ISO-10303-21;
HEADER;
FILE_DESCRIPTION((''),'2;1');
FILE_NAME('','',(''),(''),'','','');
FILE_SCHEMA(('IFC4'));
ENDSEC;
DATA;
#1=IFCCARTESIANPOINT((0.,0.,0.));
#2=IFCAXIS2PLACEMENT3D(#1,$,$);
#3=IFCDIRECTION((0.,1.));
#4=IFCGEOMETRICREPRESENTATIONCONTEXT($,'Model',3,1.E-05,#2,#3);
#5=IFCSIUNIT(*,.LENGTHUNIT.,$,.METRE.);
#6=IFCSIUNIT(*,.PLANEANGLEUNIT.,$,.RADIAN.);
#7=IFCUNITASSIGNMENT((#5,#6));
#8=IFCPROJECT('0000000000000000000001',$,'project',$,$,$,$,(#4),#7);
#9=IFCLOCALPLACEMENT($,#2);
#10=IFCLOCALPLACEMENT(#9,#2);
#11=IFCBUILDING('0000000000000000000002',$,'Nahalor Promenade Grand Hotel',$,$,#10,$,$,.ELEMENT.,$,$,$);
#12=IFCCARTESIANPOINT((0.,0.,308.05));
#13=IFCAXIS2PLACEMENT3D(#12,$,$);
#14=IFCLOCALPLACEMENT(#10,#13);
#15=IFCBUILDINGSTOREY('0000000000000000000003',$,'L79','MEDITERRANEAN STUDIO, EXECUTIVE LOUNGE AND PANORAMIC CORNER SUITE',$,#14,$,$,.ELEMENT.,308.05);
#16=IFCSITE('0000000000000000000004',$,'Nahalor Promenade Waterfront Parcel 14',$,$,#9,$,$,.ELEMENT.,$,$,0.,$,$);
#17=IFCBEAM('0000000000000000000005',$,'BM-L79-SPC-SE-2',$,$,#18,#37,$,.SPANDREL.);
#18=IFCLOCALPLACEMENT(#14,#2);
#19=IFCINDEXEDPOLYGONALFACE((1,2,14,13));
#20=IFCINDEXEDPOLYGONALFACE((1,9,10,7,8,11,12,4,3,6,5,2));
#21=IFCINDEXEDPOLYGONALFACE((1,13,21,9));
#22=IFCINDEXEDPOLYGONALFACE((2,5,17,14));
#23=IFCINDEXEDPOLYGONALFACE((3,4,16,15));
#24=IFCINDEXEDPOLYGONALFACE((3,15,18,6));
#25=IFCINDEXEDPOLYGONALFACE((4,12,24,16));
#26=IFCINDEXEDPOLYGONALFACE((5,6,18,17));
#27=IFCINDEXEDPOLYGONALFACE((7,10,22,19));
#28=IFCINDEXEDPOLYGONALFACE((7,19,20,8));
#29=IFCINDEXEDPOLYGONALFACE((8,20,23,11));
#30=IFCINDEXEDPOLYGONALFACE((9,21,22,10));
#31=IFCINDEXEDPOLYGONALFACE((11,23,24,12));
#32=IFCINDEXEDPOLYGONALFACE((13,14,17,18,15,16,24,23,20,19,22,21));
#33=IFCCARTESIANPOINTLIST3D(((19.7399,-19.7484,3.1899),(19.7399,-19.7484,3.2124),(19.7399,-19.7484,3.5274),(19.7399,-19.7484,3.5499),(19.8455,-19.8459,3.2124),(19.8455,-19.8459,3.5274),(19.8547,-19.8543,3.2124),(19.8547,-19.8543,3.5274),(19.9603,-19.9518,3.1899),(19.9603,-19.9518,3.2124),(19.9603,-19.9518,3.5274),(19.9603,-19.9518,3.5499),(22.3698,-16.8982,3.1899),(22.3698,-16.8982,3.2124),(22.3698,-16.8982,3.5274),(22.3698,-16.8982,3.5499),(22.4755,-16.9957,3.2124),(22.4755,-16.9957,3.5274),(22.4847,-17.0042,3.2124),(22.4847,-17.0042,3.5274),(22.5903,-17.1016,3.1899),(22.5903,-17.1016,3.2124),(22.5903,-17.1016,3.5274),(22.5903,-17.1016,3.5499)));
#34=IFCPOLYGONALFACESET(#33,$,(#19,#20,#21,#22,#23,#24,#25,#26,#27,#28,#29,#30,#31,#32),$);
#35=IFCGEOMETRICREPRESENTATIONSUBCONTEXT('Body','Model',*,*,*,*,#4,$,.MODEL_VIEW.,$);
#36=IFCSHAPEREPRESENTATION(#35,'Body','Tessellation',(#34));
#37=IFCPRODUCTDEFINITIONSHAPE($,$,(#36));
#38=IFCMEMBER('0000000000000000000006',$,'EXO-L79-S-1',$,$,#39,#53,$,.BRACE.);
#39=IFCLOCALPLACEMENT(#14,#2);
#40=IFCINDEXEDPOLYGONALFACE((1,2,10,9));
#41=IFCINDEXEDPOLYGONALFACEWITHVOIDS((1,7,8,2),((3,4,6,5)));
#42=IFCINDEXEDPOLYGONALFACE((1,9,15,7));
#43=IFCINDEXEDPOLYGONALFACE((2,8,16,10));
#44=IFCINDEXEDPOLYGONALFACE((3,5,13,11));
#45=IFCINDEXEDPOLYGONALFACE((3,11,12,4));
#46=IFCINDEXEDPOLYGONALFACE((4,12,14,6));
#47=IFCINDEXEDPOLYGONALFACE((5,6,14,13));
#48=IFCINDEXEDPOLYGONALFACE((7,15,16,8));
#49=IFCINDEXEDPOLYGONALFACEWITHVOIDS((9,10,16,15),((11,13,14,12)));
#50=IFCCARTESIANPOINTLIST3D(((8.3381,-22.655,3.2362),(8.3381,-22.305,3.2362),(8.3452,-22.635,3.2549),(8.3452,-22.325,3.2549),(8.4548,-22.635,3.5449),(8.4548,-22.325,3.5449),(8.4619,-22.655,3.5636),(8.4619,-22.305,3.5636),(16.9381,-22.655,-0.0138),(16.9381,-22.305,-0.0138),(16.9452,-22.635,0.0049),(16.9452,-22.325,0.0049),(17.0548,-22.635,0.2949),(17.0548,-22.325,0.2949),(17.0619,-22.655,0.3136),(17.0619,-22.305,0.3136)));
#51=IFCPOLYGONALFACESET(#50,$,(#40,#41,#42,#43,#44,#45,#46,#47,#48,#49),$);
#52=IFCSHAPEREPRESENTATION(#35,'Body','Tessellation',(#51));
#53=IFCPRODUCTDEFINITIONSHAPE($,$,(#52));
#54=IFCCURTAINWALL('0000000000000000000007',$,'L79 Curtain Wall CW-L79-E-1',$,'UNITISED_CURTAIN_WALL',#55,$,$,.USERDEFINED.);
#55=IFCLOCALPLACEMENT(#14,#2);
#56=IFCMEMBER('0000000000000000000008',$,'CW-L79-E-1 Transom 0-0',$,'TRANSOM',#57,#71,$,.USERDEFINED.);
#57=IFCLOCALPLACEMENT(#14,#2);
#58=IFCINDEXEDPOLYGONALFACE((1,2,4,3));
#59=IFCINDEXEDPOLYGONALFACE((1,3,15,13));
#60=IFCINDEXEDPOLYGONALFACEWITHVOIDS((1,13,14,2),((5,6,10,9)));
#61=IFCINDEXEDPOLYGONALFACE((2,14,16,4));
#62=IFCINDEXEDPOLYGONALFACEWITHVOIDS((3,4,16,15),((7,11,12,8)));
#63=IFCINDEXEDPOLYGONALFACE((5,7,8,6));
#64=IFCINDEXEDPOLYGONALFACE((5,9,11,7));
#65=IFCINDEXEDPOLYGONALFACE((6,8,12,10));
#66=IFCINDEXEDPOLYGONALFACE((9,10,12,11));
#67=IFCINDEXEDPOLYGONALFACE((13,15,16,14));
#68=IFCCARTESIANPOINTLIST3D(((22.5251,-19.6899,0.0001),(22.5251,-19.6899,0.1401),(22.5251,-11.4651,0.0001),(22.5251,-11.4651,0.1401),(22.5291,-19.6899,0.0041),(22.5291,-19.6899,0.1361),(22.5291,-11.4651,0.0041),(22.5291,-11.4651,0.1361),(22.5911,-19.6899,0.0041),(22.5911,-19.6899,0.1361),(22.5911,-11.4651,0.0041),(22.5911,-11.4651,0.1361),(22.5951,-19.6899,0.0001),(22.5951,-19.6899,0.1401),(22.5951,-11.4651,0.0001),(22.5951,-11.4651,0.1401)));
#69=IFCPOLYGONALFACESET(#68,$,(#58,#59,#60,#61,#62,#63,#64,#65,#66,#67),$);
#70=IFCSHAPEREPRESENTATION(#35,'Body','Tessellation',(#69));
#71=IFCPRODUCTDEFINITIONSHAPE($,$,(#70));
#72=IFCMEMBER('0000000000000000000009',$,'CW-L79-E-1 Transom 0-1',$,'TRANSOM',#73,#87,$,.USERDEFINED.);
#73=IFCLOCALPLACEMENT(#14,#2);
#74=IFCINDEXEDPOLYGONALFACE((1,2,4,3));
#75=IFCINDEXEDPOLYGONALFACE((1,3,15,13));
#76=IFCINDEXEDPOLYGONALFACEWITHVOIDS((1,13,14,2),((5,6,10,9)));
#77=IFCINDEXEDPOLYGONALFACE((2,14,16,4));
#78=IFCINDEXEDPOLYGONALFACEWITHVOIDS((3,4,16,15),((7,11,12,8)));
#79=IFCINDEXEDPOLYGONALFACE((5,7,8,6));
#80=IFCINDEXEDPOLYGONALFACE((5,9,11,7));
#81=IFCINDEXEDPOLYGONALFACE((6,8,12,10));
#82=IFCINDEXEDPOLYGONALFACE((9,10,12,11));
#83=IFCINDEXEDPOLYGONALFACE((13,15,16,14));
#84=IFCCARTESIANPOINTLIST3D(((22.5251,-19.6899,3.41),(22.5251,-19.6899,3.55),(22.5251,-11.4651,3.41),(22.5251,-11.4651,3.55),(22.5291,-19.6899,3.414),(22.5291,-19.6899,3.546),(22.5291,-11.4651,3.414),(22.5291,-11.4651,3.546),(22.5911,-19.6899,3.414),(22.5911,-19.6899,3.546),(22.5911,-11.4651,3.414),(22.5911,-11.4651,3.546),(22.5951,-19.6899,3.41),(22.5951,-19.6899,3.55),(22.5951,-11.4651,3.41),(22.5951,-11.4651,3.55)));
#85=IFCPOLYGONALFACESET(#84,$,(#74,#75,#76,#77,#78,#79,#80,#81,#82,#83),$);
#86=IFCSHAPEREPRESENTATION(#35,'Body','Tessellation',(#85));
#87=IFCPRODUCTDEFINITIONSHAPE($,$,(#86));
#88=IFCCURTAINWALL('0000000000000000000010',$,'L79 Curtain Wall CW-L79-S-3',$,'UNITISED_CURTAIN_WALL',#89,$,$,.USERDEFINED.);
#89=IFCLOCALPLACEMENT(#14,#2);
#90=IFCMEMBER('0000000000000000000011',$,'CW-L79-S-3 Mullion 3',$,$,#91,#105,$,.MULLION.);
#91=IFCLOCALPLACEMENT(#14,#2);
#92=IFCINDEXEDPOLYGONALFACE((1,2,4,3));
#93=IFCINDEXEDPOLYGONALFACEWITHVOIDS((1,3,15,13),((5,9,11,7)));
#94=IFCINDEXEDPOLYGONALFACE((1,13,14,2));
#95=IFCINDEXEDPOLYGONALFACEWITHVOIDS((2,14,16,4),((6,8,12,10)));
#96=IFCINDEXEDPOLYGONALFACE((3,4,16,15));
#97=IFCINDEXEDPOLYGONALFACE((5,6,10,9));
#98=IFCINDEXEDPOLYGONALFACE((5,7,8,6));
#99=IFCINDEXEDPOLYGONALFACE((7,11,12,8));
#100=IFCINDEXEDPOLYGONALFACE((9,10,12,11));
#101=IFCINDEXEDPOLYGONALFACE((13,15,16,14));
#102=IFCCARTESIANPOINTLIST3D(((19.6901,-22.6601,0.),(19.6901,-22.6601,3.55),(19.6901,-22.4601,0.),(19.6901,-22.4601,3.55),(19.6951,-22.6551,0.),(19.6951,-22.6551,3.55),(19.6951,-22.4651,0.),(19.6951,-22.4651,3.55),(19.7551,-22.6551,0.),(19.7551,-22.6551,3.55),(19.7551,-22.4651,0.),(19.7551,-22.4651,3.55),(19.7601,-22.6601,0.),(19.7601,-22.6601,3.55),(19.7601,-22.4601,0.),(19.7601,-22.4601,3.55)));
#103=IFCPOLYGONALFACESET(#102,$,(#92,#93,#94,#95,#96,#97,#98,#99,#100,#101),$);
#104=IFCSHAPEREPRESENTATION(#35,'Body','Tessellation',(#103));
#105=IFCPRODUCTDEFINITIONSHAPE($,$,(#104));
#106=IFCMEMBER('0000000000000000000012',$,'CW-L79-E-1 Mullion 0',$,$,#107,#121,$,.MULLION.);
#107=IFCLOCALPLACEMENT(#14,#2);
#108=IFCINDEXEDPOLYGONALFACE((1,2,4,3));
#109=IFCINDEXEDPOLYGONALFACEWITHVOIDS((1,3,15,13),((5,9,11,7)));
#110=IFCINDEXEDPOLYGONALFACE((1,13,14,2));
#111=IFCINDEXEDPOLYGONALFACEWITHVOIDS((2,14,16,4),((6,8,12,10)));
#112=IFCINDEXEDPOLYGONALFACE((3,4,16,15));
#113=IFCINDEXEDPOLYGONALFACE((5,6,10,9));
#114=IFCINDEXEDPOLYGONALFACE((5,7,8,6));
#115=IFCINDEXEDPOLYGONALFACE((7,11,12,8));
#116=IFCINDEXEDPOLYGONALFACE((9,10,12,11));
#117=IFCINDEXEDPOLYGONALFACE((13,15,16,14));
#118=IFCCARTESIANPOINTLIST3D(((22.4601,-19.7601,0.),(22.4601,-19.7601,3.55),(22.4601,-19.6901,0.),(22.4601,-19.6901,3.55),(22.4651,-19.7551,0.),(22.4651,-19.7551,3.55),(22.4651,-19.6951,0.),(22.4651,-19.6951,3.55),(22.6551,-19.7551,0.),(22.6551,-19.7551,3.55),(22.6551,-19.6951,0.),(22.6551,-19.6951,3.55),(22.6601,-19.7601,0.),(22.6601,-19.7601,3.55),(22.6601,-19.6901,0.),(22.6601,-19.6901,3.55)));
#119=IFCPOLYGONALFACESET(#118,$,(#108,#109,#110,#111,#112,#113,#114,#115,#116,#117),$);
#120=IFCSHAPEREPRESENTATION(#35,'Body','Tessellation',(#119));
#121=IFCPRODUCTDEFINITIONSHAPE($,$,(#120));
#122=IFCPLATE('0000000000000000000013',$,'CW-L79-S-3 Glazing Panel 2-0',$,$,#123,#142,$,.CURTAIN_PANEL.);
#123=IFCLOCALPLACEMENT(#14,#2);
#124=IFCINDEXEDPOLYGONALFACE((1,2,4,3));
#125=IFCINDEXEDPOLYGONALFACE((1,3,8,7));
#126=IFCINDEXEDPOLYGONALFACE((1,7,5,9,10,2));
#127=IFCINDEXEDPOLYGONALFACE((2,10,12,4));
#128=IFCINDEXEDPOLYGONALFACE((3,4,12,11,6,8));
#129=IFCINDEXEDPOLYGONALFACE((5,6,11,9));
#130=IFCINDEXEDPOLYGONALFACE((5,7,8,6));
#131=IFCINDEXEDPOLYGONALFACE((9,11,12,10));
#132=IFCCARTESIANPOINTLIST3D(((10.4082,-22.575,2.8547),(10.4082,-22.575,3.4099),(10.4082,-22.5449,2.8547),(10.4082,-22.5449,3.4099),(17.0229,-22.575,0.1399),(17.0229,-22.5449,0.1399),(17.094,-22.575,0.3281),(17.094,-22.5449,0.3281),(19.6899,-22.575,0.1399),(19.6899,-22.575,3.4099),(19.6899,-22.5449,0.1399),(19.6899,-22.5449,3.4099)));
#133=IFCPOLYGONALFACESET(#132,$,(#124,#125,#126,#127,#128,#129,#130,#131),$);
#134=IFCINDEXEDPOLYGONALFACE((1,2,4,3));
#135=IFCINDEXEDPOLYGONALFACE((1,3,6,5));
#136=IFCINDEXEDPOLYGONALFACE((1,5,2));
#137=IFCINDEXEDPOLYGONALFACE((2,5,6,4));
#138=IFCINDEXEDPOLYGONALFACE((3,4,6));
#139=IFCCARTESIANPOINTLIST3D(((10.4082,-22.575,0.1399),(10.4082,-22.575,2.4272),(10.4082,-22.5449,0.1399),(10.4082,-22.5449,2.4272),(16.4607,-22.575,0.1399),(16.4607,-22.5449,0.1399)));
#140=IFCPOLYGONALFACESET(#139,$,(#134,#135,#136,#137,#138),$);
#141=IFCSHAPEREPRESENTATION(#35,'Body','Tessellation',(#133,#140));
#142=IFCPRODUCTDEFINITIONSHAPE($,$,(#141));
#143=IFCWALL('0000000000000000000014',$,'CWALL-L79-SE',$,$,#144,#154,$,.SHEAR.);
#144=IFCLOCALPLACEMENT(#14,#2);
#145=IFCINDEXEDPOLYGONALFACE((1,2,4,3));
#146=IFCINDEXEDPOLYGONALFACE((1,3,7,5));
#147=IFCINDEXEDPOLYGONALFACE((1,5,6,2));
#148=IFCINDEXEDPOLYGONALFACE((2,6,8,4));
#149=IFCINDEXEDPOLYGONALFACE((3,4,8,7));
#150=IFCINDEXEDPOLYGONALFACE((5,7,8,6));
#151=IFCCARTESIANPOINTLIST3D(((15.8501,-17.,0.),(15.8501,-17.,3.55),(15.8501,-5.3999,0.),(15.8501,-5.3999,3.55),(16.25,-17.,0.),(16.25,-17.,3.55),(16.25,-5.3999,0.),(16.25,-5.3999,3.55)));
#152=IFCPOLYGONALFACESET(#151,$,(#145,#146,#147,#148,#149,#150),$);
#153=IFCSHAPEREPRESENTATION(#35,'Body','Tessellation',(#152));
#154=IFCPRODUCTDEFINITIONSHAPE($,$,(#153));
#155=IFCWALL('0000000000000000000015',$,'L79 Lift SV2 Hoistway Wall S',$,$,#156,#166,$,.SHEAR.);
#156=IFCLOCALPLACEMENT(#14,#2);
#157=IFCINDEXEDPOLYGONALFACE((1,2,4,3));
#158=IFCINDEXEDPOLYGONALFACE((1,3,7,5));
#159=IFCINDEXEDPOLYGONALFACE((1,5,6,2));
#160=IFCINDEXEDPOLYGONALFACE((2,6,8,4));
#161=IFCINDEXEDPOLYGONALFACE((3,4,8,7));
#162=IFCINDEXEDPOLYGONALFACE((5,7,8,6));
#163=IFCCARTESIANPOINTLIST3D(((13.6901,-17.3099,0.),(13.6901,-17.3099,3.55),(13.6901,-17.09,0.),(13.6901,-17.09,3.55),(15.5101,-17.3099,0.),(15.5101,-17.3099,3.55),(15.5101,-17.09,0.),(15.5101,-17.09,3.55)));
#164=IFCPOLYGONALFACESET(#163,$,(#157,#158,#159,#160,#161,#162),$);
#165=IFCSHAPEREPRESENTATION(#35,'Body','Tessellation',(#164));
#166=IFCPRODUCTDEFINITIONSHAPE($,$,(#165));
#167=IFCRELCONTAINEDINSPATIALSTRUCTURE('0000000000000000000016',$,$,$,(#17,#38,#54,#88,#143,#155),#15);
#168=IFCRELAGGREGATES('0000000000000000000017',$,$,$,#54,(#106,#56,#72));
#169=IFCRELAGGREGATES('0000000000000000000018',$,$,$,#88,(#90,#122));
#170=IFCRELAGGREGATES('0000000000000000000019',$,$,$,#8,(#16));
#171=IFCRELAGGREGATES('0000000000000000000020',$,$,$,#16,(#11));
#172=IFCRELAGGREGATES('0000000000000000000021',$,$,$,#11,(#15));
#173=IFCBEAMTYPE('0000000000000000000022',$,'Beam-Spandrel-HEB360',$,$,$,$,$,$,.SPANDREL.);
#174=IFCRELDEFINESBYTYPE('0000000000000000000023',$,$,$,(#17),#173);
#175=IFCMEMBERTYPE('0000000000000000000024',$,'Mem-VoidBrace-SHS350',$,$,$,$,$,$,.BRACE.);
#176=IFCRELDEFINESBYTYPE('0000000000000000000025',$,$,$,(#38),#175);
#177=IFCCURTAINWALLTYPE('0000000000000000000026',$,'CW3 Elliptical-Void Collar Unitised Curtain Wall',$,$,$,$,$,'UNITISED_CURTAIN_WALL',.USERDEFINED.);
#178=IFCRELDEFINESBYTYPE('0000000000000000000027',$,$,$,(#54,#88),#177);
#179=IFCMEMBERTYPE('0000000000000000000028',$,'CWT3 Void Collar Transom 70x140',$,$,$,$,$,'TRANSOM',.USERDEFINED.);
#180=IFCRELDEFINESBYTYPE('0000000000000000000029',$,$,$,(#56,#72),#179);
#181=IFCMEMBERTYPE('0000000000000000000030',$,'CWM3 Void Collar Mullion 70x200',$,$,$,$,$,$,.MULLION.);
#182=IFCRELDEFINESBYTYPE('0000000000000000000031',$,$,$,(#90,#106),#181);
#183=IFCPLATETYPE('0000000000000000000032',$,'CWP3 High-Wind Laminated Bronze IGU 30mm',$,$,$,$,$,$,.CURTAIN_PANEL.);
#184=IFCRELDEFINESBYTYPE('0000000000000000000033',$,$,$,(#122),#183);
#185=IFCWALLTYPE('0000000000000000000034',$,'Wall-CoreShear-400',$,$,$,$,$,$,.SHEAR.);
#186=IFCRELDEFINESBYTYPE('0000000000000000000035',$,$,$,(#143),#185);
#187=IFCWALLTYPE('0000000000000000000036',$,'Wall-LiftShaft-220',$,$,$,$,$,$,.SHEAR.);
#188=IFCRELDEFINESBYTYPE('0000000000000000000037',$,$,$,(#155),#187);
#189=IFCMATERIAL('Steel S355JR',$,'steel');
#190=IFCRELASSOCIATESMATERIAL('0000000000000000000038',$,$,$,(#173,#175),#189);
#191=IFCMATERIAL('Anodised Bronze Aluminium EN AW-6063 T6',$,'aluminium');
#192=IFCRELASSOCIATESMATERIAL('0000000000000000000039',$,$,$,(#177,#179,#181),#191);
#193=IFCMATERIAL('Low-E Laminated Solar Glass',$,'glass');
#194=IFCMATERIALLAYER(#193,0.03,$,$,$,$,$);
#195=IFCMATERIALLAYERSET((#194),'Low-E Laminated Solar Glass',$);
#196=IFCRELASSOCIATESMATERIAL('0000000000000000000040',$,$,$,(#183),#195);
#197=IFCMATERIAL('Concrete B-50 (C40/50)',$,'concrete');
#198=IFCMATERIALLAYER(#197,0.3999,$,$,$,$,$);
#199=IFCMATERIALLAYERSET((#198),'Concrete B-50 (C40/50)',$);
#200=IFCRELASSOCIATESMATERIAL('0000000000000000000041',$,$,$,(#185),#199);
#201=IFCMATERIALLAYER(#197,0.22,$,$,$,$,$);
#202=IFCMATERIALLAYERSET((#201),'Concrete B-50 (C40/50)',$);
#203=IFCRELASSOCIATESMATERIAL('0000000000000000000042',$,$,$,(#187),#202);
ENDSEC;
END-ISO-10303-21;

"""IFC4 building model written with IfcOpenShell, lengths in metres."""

from ifc_helpers import new_model, si_unit, direction, frame, frame_2d, origin, origin_2d, place, context, subcontext, project, spatial, polyline, rectangle, hollow_rectangle, i_section, outline, extrude, source, transform, mapped, material, layer, layer_set, material_profile, profile_set, type_object, element, aggregate, save


model = new_model("IFC4")

# Units and contexts
model_context = context("Model", 3, precision=1e-05, world=origin(), true_north=direction((0.0, 1.0)))
body_context = subcontext(model_context, "Body", "Model", "MODEL_VIEW")
ifc_project = project(units=[si_unit("LENGTHUNIT", "METRE"), si_unit("PLANEANGLEUNIT", "RADIAN")], contexts=[model_context])

# Site, building, storey
site_placement = place(None, origin())
site = spatial("IfcSite", under=ifc_project, at=site_placement, Name="Nahalor Promenade Waterfront Parcel 14", CompositionType="ELEMENT", RefElevation=0.0)
building_placement = place(site_placement, origin())
building = spatial("IfcBuilding", under=site, at=building_placement, Name="Nahalor Promenade Grand Hotel", CompositionType="ELEMENT")
storey_placement = place(building_placement, frame((0.0, 0.0, 308.05)))
storey = spatial("IfcBuildingStorey", under=building, at=storey_placement, Name="L79", Description="MEDITERRANEAN STUDIO, EXECUTIVE LOUNGE AND PANORAMIC CORNER SUITE", CompositionType="ELEMENT", Elevation=308.05)

# Shared definitions
ifc_material_1 = material(Name="Concrete B-50 (C40/50)", Category="concrete")
ifc_material_2 = material(Name="Steel S355JR", Category="steel")

# Beam
ifc_material_profile_1 = material_profile(ifc_material_2, i_section(OverallWidth=0.3, OverallDepth=0.36, WebThickness=0.0125, FlangeThickness=0.0225, at=origin_2d()), Name="HEB 360")
ifc_profile_set_1 = profile_set([ifc_material_profile_1], Name="Steel S355JR")
beam_type_1 = type_object("IfcBeamType", Name="Beam-Spandrel-HEB360", PredefinedType="SPANDREL", material=ifc_profile_set_1)
shared_shape_1 = source(origin(), body_context, "Body", "SweptSolid", [
    extrude(i_section(OverallWidth=0.3, OverallDepth=0.36, WebThickness=0.0125, FlangeThickness=0.0225, at=origin_2d()), origin(), (0.0, 0.0, 1.0), 3.8782),
])
for number, where, z_axis, x_axis, name in (
    (1, (19.8501, -19.8501, 3.3699), (0.678144, 0.734929, 0.0), (-0.734929, 0.678144, 0.0), "BM-L79-SPC-SE-2"),
):
    element("IfcBeam", number, at=place(storey_placement, frame(where, z_axis=z_axis, x_axis=x_axis)), inside=storey, type_object=beam_type_1, Name=name, PredefinedType="SPANDREL", context=body_context, shape_type="MappedRepresentation", body=[
        mapped(shared_shape_1, transform((0.0, 0.0, 0.0), scale=1.0)),
    ])

# Member
ifc_material_profile_2 = material_profile(ifc_material_2, hollow_rectangle(XDim=0.35, YDim=0.35, WallThickness=0.02, at=origin_2d()), Name="SHS 350x350x20")
ifc_profile_set_2 = profile_set([ifc_material_profile_2], Name="Steel S355JR")
member_type_1 = type_object("IfcMemberType", Name="Mem-VoidBrace-SHS350", PredefinedType="BRACE", material=ifc_profile_set_2)
shared_shape_2 = source(origin(), body_context, "Body", "SweptSolid", [
    extrude(hollow_rectangle(XDim=0.35, YDim=0.35, WallThickness=0.02, at=origin_2d()), origin(), (0.0, 0.0, 1.0), 9.1936),
])
member_1_placement = place(storey_placement, frame((17.0, -22.48, 0.1499), z_axis=(-0.935433, 0.0, 0.353503), x_axis=(0.0, -1.0, 0.0)))
element("IfcMember", 2, at=member_1_placement, inside=storey, type_object=member_type_1, Name="EXO-L79-S-1", PredefinedType="BRACE", context=body_context, shape_type="MappedRepresentation", body=[
    mapped(shared_shape_2, transform((0.0, 0.0, 0.0), scale=1.0)),
])

# Curtain wall, members
ifc_material_3 = material(Name="Anodised Bronze Aluminium EN AW-6063 T6", Category="aluminium")
curtain_wall_type = type_object("IfcCurtainWallType", Name="CW3 Elliptical-Void Collar Unitised Curtain Wall", ElementType="UNITISED_CURTAIN_WALL", PredefinedType="USERDEFINED", material=ifc_material_3)
curtain_wall_1_placement = place(storey_placement, origin())
curtain_wall_1 = element("IfcCurtainWall", 3, at=curtain_wall_1_placement, inside=storey, type_object=curtain_wall_type, Name="L79 Curtain Wall CW-L79-E-1", ObjectType="UNITISED_CURTAIN_WALL", PredefinedType="USERDEFINED")
ifc_material_profile_3 = material_profile(ifc_material_3, hollow_rectangle(XDim=0.07, YDim=0.14, WallThickness=0.004, at=origin_2d()), Name="CWT 70x140x4")
ifc_profile_set_3 = profile_set([ifc_material_profile_3], Name="Anodised Bronze Aluminium EN AW-6063 T6")
member_type_2 = type_object("IfcMemberType", Name="CWT3 Void Collar Transom 70x140", ElementType="TRANSOM", PredefinedType="USERDEFINED", material=ifc_profile_set_3)
shared_shape_3 = source(origin(), body_context, "Body", "SweptSolid", [
    extrude(hollow_rectangle(XDim=0.07, YDim=0.14, WallThickness=0.004, at=origin_2d()), origin(), (0.0, 0.0, 1.0), 8.2249),
])
member_2_placement = place(storey_placement, frame((22.5601, -19.6899, 0.0701), z_axis=(0.0, 1.0, 0.0), x_axis=(-1.0, 0.0, 0.0)))
member_2 = element("IfcMember", 4, at=member_2_placement, type_object=member_type_2, Name="CW-L79-E-1 Transom 0-0", ObjectType="TRANSOM", PredefinedType="USERDEFINED", context=body_context, shape_type="MappedRepresentation", body=[
    mapped(shared_shape_3, transform((0.0, 0.0, 0.0), scale=1.0)),
])
member_3_placement = place(storey_placement, frame((22.5601, -19.6899, 3.48), z_axis=(0.0, 1.0, 0.0), x_axis=(-1.0, 0.0, 0.0)))
member_3 = element("IfcMember", 5, at=member_3_placement, type_object=member_type_2, Name="CW-L79-E-1 Transom 0-1", ObjectType="TRANSOM", PredefinedType="USERDEFINED", context=body_context, shape_type="MappedRepresentation", body=[
    mapped(shared_shape_3, transform((0.0, 0.0, 0.0), scale=1.0)),
])

# Curtain wall, member
curtain_wall_2_placement = place(storey_placement, origin())
curtain_wall_2 = element("IfcCurtainWall", 6, at=curtain_wall_2_placement, inside=storey, type_object=curtain_wall_type, Name="L79 Curtain Wall CW-L79-S-3", ObjectType="UNITISED_CURTAIN_WALL", PredefinedType="USERDEFINED")
ifc_material_profile_4 = material_profile(ifc_material_3, hollow_rectangle(XDim=0.07, YDim=0.2, WallThickness=0.005, at=origin_2d()), Name="CWM 70x200x5")
ifc_profile_set_4 = profile_set([ifc_material_profile_4], Name="Anodised Bronze Aluminium EN AW-6063 T6")
member_type_3 = type_object("IfcMemberType", Name="CWM3 Void Collar Mullion 70x200", PredefinedType="MULLION", material=ifc_profile_set_4)
shared_shape_4 = source(origin(), body_context, "Body", "SweptSolid", [
    extrude(hollow_rectangle(XDim=0.07, YDim=0.2, WallThickness=0.005, at=origin_2d()), origin(), (0.0, 0.0, 1.0), 3.55),
])
member_4_placement = place(storey_placement, frame((19.7251, -22.5601, 0.0), z_axis=(0.0, 0.0, 1.0), x_axis=(1.0, 0.0, 0.0)))
member_4 = element("IfcMember", 7, at=member_4_placement, type_object=member_type_3, Name="CW-L79-S-3 Mullion 3", PredefinedType="MULLION", context=body_context, shape_type="MappedRepresentation", body=[
    mapped(shared_shape_4, transform((0.0, 0.0, 0.0), scale=1.0)),
])

# Member
member_5_placement = place(storey_placement, frame((22.5601, -19.7251, 0.0), z_axis=(0.0, 0.0, 1.0), x_axis=(0.0, 1.0, 0.0)))
member_5 = element("IfcMember", 8, at=member_5_placement, type_object=member_type_3, Name="CW-L79-E-1 Mullion 0", PredefinedType="MULLION", context=body_context, shape_type="MappedRepresentation", body=[
    mapped(shared_shape_4, transform((0.0, 0.0, 0.0), scale=1.0)),
])
aggregate(curtain_wall_1, [member_5, member_2, member_3])

# Plate
ifc_material_4 = material(Name="Low-E Laminated Solar Glass", Category="glass")
ifc_layer_1 = layer(ifc_material_4, 0.03)
ifc_layer_set_1 = layer_set([ifc_layer_1], Name="Low-E Laminated Solar Glass")
plate_type = type_object("IfcPlateType", Name="CWP3 High-Wind Laminated Bronze IGU 30mm", PredefinedType="CURTAIN_PANEL", material=ifc_layer_set_1)
plate_placement = place(storey_placement, frame((15.0491, -22.5601, 0.1399), z_axis=(0.0, 0.0, 1.0), x_axis=(1.0, 0.0, 0.0)))
plate = element("IfcPlate", 9, at=plate_placement, type_object=plate_type, Name="CW-L79-S-3 Glazing Panel 2-0", PredefinedType="CURTAIN_PANEL", context=body_context, shape_type="SweptSolid", body=[
    extrude(outline(polyline([(4.6409, 3.27), (-4.6409, 3.27), (-4.6409, 2.7148), (2.0449, 0.1882), (1.9739, 0.0), (4.6409, 0.0), (4.6409, 3.27)])), frame((0.0, 0.0151, 0.0), z_axis=(0.0, -1.0, 0.0), x_axis=(1.0, 0.0, 0.0)), (0.0, 0.0, 1.0), 0.03),
    extrude(outline(polyline([(-4.6409, 2.2874), (-4.6409, 0.0), (1.4116, 0.0), (-4.6409, 2.2874)])), frame((0.0, 0.0151, 0.0), z_axis=(0.0, -1.0, 0.0), x_axis=(1.0, 0.0, 0.0)), (0.0, 0.0, 1.0), 0.03),
])
aggregate(curtain_wall_2, [member_4, plate])

# Walls
ifc_layer_2 = layer(ifc_material_1, 0.3999)
ifc_layer_set_2 = layer_set([ifc_layer_2], Name="Concrete B-50 (C40/50)")
wall_type_1 = type_object("IfcWallType", Name="Wall-CoreShear-400", PredefinedType="SHEAR", material=ifc_layer_set_2)
shared_shape_5 = source(origin(), body_context, "Body", "SweptSolid", [
    extrude(rectangle(XDim=11.6001, YDim=0.3999, at=frame_2d((5.8, 0.0))), origin(), (0.0, 0.0, 1.0), 3.55),
])
wall_1_placement = place(storey_placement, frame((16.05, -17.0, 0.0), z_axis=(0.0, 0.0, 1.0), x_axis=(0.0, 1.0, 0.0)))
element("IfcWall", 10, at=wall_1_placement, inside=storey, type_object=wall_type_1, Name="CWALL-L79-SE", PredefinedType="SHEAR", context=body_context, shape_type="MappedRepresentation", body=[
    mapped(shared_shape_5, transform((0.0, 0.0, 0.0), scale=1.0)),
])
ifc_layer_3 = layer(ifc_material_1, 0.22)
ifc_layer_set_3 = layer_set([ifc_layer_3], Name="Concrete B-50 (C40/50)")
wall_type_2 = type_object("IfcWallType", Name="Wall-LiftShaft-220", PredefinedType="SHEAR", material=ifc_layer_set_3)
shared_shape_6 = source(origin(), body_context, "Body", "SweptSolid", [
    extrude(rectangle(XDim=1.8201, YDim=0.22, at=frame_2d((0.9102, 0.0))), origin(), (0.0, 0.0, 1.0), 3.55),
])
wall_2_placement = place(storey_placement, frame((13.6899, -17.2, 0.0), z_axis=(0.0, 0.0, 1.0), x_axis=(1.0, 0.0, 0.0)))
element("IfcWall", 11, at=wall_2_placement, inside=storey, type_object=wall_type_2, Name="L79 Lift SV2 Hoistway Wall S", PredefinedType="SHEAR", context=body_context, shape_type="MappedRepresentation", body=[
    mapped(shared_shape_6, transform((0.0, 0.0, 0.0), scale=1.0)),
])

save(model, "model.ifc")
